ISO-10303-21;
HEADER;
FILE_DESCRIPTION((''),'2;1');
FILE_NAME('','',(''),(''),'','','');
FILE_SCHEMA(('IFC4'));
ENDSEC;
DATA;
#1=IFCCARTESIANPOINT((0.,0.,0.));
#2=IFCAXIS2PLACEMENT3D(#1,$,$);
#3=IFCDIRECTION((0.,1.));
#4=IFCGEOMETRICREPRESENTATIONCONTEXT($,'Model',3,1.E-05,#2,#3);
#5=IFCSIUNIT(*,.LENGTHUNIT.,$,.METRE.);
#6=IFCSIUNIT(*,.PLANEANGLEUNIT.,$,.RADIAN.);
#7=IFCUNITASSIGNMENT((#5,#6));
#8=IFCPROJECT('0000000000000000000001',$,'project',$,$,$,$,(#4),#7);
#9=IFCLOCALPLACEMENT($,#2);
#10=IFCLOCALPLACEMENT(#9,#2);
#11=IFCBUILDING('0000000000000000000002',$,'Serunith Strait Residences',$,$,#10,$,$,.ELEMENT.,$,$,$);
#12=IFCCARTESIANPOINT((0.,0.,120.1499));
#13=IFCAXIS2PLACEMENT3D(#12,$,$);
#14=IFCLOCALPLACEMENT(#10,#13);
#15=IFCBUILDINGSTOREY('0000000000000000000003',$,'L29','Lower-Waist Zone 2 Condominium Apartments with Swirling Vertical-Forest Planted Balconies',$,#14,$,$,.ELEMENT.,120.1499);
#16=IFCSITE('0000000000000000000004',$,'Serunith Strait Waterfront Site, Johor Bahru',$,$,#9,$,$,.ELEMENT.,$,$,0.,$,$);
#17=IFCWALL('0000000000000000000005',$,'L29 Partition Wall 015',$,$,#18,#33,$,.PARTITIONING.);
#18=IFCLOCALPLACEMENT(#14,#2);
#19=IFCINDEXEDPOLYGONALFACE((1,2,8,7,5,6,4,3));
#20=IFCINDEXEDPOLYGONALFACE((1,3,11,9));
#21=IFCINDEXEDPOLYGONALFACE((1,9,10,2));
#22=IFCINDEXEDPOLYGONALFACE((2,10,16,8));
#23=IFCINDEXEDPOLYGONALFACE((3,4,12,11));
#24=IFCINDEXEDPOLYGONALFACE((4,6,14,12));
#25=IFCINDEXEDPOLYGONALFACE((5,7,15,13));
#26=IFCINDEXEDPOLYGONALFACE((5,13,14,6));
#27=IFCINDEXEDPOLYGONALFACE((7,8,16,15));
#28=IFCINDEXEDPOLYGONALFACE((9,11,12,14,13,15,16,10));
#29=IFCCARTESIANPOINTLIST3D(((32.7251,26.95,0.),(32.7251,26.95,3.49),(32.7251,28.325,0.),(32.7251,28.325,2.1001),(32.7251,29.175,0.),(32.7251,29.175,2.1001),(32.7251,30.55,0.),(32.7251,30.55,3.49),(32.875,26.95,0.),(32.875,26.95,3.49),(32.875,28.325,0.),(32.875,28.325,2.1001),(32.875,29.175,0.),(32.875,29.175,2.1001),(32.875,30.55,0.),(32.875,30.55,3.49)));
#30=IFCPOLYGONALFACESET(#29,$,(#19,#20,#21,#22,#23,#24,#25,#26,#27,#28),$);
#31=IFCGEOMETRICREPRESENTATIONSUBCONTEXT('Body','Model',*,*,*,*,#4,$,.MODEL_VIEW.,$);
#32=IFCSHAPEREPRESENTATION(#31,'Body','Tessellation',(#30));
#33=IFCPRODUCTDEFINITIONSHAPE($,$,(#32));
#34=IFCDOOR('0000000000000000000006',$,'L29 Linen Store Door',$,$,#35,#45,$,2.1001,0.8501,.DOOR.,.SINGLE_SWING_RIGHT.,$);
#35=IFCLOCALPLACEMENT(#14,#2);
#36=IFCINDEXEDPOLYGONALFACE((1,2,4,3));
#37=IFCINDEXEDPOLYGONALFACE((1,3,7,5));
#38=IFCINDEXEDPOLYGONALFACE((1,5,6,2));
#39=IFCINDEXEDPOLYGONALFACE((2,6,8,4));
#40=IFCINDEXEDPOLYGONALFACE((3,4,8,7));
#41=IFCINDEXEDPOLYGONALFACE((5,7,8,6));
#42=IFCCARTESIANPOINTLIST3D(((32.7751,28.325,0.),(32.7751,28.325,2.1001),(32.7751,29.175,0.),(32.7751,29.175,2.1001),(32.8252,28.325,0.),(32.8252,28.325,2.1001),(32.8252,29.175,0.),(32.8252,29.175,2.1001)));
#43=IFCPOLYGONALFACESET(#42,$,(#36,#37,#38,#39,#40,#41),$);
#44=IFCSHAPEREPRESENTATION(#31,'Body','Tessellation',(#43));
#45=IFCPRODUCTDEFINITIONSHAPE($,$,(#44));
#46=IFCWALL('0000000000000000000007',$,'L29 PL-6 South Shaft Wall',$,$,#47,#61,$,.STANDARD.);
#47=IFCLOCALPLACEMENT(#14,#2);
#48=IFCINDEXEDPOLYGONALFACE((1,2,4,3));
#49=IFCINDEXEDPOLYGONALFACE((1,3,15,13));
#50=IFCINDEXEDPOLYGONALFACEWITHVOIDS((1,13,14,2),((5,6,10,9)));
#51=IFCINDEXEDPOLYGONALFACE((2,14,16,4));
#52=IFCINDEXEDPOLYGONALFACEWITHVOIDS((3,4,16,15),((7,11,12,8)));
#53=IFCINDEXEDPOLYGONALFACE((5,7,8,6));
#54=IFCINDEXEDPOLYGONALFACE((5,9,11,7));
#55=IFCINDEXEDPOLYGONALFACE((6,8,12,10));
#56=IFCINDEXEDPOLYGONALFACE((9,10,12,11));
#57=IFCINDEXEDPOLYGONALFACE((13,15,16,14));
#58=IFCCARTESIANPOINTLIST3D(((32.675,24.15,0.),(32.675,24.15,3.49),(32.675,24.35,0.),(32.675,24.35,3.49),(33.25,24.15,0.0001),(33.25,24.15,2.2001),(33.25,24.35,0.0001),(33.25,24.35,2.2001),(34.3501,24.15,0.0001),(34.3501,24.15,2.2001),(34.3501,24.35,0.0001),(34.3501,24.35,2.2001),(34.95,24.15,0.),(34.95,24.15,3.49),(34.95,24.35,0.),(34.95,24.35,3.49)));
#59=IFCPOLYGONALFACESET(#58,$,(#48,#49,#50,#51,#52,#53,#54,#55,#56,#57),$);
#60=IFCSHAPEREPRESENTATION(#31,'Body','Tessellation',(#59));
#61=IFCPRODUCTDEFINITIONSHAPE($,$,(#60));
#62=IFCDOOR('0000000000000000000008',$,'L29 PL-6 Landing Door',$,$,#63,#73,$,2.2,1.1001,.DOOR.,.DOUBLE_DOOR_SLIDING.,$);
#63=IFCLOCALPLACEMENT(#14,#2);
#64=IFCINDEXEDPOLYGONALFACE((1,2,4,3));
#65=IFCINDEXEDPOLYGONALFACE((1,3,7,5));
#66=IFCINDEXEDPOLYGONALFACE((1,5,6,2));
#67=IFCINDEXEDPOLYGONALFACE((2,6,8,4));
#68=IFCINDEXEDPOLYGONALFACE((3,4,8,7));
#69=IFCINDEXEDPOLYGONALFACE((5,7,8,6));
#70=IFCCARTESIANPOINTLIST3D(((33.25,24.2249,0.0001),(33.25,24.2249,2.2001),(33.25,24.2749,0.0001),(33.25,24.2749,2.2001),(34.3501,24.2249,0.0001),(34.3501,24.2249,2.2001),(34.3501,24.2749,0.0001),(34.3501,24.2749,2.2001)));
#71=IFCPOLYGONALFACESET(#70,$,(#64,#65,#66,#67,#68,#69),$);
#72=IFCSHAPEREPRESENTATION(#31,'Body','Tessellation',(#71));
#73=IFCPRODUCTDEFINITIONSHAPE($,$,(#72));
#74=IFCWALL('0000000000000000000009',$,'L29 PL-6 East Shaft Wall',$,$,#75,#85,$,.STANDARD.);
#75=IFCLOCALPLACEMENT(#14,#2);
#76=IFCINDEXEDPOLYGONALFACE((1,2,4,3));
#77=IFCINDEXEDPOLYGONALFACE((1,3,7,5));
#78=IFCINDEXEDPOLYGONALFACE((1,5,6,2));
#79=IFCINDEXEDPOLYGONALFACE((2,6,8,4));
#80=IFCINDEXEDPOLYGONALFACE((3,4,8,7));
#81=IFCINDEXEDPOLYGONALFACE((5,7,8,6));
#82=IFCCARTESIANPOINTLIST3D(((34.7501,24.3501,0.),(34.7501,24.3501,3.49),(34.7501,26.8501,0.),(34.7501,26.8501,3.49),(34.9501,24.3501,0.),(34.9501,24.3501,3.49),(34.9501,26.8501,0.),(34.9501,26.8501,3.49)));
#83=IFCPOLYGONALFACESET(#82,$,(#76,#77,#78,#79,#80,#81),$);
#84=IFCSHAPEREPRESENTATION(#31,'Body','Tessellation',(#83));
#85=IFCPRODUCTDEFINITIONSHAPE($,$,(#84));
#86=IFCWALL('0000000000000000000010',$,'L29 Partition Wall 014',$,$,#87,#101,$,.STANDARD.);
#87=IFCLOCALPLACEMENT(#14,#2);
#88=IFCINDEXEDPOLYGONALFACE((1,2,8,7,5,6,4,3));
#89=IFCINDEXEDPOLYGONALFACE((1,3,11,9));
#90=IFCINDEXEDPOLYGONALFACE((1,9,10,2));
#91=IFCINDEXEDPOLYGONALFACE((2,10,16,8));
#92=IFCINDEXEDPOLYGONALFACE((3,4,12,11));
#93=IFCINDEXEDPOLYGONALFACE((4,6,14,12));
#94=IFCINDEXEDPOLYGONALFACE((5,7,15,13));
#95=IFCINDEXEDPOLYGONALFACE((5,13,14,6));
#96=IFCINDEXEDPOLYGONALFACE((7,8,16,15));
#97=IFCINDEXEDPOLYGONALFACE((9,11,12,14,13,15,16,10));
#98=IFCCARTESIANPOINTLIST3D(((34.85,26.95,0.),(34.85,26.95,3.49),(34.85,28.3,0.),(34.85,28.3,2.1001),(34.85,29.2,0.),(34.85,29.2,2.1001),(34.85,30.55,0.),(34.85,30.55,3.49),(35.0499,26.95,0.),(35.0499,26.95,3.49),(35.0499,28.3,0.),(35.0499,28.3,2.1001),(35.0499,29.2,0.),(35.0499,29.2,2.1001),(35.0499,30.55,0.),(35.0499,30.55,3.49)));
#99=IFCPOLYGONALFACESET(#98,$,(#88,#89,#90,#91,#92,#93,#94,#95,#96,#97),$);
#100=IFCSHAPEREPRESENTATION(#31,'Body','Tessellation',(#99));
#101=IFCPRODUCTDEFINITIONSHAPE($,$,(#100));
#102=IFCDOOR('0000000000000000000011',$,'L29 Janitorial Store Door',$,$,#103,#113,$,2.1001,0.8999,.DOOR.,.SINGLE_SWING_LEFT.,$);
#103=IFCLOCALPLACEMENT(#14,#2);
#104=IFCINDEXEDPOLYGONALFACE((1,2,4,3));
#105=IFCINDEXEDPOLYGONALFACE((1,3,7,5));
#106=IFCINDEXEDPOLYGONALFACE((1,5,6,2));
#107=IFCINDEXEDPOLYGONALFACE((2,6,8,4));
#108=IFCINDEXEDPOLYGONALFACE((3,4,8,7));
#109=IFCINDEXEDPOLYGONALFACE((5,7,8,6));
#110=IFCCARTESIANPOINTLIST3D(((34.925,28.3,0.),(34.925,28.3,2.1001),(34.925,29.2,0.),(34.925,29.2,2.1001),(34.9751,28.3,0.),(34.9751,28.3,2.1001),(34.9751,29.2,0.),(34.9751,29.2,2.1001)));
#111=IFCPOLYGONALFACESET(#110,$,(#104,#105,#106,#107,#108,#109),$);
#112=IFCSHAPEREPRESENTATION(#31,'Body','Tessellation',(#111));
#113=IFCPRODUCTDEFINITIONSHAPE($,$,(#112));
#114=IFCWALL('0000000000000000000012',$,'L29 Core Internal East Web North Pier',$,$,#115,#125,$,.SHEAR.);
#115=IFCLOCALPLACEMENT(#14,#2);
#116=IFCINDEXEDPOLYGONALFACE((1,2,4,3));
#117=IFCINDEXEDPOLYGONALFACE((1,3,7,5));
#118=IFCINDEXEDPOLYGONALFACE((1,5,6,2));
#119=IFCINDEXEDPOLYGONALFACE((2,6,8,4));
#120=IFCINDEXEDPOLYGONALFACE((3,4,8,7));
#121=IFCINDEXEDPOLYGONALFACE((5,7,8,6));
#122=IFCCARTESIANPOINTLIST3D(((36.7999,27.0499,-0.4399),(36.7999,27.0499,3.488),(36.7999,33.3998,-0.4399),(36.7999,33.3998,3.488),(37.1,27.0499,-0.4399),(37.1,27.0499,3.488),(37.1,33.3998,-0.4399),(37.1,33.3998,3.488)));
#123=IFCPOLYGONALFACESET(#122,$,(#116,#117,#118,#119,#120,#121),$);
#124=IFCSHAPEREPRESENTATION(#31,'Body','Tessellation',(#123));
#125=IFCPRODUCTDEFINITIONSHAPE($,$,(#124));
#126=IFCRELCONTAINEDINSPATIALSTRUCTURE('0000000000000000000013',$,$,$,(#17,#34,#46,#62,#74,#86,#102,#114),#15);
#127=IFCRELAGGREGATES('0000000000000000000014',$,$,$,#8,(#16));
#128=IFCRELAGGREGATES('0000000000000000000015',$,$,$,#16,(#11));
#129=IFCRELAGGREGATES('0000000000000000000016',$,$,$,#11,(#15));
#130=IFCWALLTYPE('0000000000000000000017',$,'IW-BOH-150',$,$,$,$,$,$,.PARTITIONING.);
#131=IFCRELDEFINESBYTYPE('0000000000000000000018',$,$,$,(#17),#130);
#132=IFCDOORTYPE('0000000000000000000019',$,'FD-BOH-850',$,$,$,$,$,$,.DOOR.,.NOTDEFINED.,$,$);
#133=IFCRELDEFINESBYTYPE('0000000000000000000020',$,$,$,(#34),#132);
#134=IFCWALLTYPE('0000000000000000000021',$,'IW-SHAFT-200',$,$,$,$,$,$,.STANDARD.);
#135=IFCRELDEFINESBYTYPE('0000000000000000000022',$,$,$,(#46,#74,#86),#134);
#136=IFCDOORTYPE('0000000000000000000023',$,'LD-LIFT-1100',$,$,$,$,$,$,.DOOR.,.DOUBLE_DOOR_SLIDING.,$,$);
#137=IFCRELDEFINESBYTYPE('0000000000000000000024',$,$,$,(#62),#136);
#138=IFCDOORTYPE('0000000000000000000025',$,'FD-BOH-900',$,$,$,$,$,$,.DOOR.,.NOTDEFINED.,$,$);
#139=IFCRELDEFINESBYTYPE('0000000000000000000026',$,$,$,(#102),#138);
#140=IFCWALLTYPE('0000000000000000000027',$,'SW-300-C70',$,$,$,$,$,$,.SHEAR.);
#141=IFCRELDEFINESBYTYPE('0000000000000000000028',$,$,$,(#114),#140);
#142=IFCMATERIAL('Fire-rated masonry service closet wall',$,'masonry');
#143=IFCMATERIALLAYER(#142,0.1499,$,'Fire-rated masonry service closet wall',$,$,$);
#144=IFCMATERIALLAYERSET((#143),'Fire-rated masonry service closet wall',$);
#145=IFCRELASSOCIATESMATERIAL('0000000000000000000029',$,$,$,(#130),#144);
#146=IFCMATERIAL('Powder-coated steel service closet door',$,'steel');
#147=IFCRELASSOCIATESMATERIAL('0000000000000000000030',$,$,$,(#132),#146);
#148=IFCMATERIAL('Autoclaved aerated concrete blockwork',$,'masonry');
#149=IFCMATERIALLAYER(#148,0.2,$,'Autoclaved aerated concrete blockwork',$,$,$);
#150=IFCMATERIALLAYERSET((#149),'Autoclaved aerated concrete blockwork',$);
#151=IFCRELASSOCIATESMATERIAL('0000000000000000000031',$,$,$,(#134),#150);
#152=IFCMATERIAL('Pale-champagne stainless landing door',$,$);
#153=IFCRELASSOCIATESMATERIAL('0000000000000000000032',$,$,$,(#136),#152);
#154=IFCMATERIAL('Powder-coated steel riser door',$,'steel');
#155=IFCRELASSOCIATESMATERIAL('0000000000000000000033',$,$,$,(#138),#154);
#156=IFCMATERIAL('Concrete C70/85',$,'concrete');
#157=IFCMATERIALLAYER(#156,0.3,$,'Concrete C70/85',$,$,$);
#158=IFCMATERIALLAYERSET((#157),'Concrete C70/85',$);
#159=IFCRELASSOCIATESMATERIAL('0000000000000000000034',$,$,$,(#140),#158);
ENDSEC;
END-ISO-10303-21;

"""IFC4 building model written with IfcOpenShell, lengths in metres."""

from ifc_helpers import new_model, si_unit, direction, frame, frame_2d, origin, place, context, subcontext, project, spatial, rectangle, extrude, source, transform, mapped, material, layer, layer_set, type_object, element, fill, save


model = new_model("IFC4")

# Units and contexts
model_context = context("Model", 3, precision=1e-05, world=origin(), true_north=direction((0.0, 1.0)))
body_context = subcontext(model_context, "Body", "Model", "MODEL_VIEW")
ifc_project = project(units=[si_unit("LENGTHUNIT", "METRE"), si_unit("PLANEANGLEUNIT", "RADIAN")], contexts=[model_context])

# Site, building, storey
site_placement = place(None, origin())
site = spatial("IfcSite", under=ifc_project, at=site_placement, Name="Serunith Strait Waterfront Site, Johor Bahru", CompositionType="ELEMENT", RefElevation=0.0)
building_placement = place(site_placement, origin())
building = spatial("IfcBuilding", under=site, at=building_placement, Name="Serunith Strait Residences", CompositionType="ELEMENT")
storey_placement = place(building_placement, frame((0.0, 0.0, 120.1499)))
storey = spatial("IfcBuildingStorey", under=building, at=storey_placement, Name="L29", Description="Lower-Waist Zone 2 Condominium Apartments with Swirling Vertical-Forest Planted Balconies", CompositionType="ELEMENT", Elevation=120.1499)

# Walls, openings, doors
ifc_material_1 = material(Name="Fire-rated masonry service closet wall", Category="masonry")
ifc_layer_1 = layer(ifc_material_1, 0.1499, Name="Fire-rated masonry service closet wall")
ifc_layer_set_1 = layer_set([ifc_layer_1], Name="Fire-rated masonry service closet wall")
wall_type_1 = type_object("IfcWallType", Name="IW-BOH-150", PredefinedType="PARTITIONING", material=ifc_layer_set_1)
wall_1_placement = place(storey_placement, frame((32.8, 26.95, 0.0), z_axis=(0.0, 0.0, 1.0), x_axis=(0.0, 1.0, 0.0)))
wall_1 = element("IfcWall", 1, at=wall_1_placement, inside=storey, type_object=wall_type_1, Name="L29 Partition Wall 015", PredefinedType="PARTITIONING", context=body_context, shape_type="SweptSolid", body=[
    extrude(rectangle(XDim=3.6001, YDim=0.1499, at=frame_2d((1.8, 0.0))), origin(), (0.0, 0.0, 1.0), 3.49),
])
opening_1_placement = place(wall_1_placement, frame((1.375, 0.0, 0.0)))
opening_1 = element("IfcOpeningElement", 2, at=opening_1_placement, cuts=wall_1, PredefinedType="OPENING", context=body_context, shape_type="SweptSolid", body=[
    extrude(rectangle(XDim=0.8501, YDim=2.1001, at=frame_2d((0.425, 1.05))), frame((0.0, 0.085, 0.0), z_axis=(0.0, -1.0, 0.0), x_axis=(1.0, 0.0, 0.0)), (0.0, 0.0, 1.0), 0.1699),
])
ifc_material_2 = material(Name="Powder-coated steel service closet door", Category="steel")
door_type_1 = type_object("IfcDoorType", Name="FD-BOH-850", OperationType="NOTDEFINED", PredefinedType="DOOR", material=ifc_material_2)
shared_shape_1 = source(origin(), body_context, "Body", "SweptSolid", [
    extrude(rectangle(XDim=0.8501, YDim=2.1001, at=frame_2d((0.425, 1.05))), frame((0.0, 0.0249, 0.0), z_axis=(0.0, -1.0, 0.0), x_axis=(1.0, 0.0, 0.0)), (0.0, 0.0, 1.0), 0.05),
])
door_1_placement = place(opening_1_placement, origin())
door_1 = element("IfcDoor", 3, at=door_1_placement, inside=storey, type_object=door_type_1, Name="L29 Linen Store Door", OperationType="SINGLE_SWING_RIGHT", OverallHeight=2.1001, OverallWidth=0.8501, PredefinedType="DOOR", context=body_context, shape_type="MappedRepresentation", body=[
    mapped(shared_shape_1, transform((0.0, 0.0, 0.0), scale=1.0)),
])
fill(opening_1, door_1)
ifc_material_3 = material(Name="Autoclaved aerated concrete blockwork", Category="masonry")
ifc_layer_2 = layer(ifc_material_3, 0.2, Name="Autoclaved aerated concrete blockwork")
ifc_layer_set_2 = layer_set([ifc_layer_2], Name="Autoclaved aerated concrete blockwork")
wall_type_2 = type_object("IfcWallType", Name="IW-SHAFT-200", PredefinedType="STANDARD", material=ifc_layer_set_2)
wall_2_placement = place(storey_placement, frame((32.675, 24.25, 0.0), z_axis=(0.0, 0.0, 1.0), x_axis=(1.0, 0.0, 0.0)))
wall_2 = element("IfcWall", 4, at=wall_2_placement, inside=storey, type_object=wall_type_2, Name="L29 PL-6 South Shaft Wall", PredefinedType="STANDARD", context=body_context, shape_type="SweptSolid", body=[
    extrude(rectangle(XDim=2.2749, YDim=0.2, at=frame_2d((1.1375, 0.0))), origin(), (0.0, 0.0, 1.0), 3.49),
])
opening_2_placement = place(wall_2_placement, frame((0.575, 0.0, 0.0)))
opening_2 = element("IfcOpeningElement", 5, at=opening_2_placement, cuts=wall_2, PredefinedType="OPENING", context=body_context, shape_type="SweptSolid", body=[
    extrude(rectangle(XDim=1.1001, YDim=2.2, at=frame_2d((0.55, 1.1001))), frame((0.0, 0.1099, 0.0), z_axis=(0.0, -1.0, 0.0), x_axis=(1.0, 0.0, 0.0)), (0.0, 0.0, 1.0), 0.22),
])
ifc_material_4 = material(Name="Pale-champagne stainless landing door")
door_type_2 = type_object("IfcDoorType", Name="LD-LIFT-1100", OperationType="DOUBLE_DOOR_SLIDING", PredefinedType="DOOR", material=ifc_material_4)
shared_shape_2 = source(origin(), body_context, "Body", "SweptSolid", [
    extrude(rectangle(XDim=1.1001, YDim=2.2, at=frame_2d((0.55, 1.1001))), frame((0.0, 0.0249, 0.0), z_axis=(0.0, -1.0, 0.0), x_axis=(1.0, 0.0, 0.0)), (0.0, 0.0, 1.0), 0.05),
])
door_2_placement = place(opening_2_placement, origin())
door_2 = element("IfcDoor", 6, at=door_2_placement, inside=storey, type_object=door_type_2, Name="L29 PL-6 Landing Door", OperationType="DOUBLE_DOOR_SLIDING", OverallHeight=2.2, OverallWidth=1.1001, PredefinedType="DOOR", context=body_context, shape_type="MappedRepresentation", body=[
    mapped(shared_shape_2, transform((0.0, 0.0, 0.0), scale=1.0)),
])
fill(opening_2, door_2)

# Wall
wall_3_placement = place(storey_placement, frame((34.8501, 24.3501, 0.0), z_axis=(0.0, 0.0, 1.0), x_axis=(0.0, 1.0, 0.0)))
element("IfcWall", 7, at=wall_3_placement, inside=storey, type_object=wall_type_2, Name="L29 PL-6 East Shaft Wall", PredefinedType="STANDARD", context=body_context, shape_type="SweptSolid", body=[
    extrude(rectangle(XDim=2.5, YDim=0.2, at=frame_2d((1.25, 0.0))), origin(), (0.0, 0.0, 1.0), 3.49),
])

# Wall, opening, door
wall_4_placement = place(storey_placement, frame((34.95, 26.95, 0.0), z_axis=(0.0, 0.0, 1.0), x_axis=(0.0, 1.0, 0.0)))
wall_4 = element("IfcWall", 8, at=wall_4_placement, inside=storey, type_object=wall_type_2, Name="L29 Partition Wall 014", PredefinedType="STANDARD", context=body_context, shape_type="SweptSolid", body=[
    extrude(rectangle(XDim=3.6001, YDim=0.2, at=frame_2d((1.8, 0.0))), origin(), (0.0, 0.0, 1.0), 3.49),
])
opening_3_placement = place(wall_4_placement, frame((1.3501, 0.0, 0.0)))
opening_3 = element("IfcOpeningElement", 9, at=opening_3_placement, cuts=wall_4, PredefinedType="OPENING", context=body_context, shape_type="SweptSolid", body=[
    extrude(rectangle(XDim=0.8999, YDim=2.1001, at=frame_2d((0.45, 1.05))), frame((0.0, 0.1099, 0.0), z_axis=(0.0, -1.0, 0.0), x_axis=(1.0, 0.0, 0.0)), (0.0, 0.0, 1.0), 0.22),
])
ifc_material_5 = material(Name="Powder-coated steel riser door", Category="steel")
door_type_3 = type_object("IfcDoorType", Name="FD-BOH-900", OperationType="NOTDEFINED", PredefinedType="DOOR", material=ifc_material_5)
shared_shape_3 = source(origin(), body_context, "Body", "SweptSolid", [
    extrude(rectangle(XDim=0.8999, YDim=2.1001, at=frame_2d((0.45, 1.05))), frame((0.0, 0.0249, 0.0), z_axis=(0.0, -1.0, 0.0), x_axis=(1.0, 0.0, 0.0)), (0.0, 0.0, 1.0), 0.05),
])
door_3_placement = place(opening_3_placement, origin())
door_3 = element("IfcDoor", 10, at=door_3_placement, inside=storey, type_object=door_type_3, Name="L29 Janitorial Store Door", OperationType="SINGLE_SWING_LEFT", OverallHeight=2.1001, OverallWidth=0.8999, PredefinedType="DOOR", context=body_context, shape_type="MappedRepresentation", body=[
    mapped(shared_shape_3, transform((0.0, 0.0, 0.0), scale=1.0)),
])
fill(opening_3, door_3)

# Wall
ifc_material_6 = material(Name="Concrete C70/85", Category="concrete")
ifc_layer_3 = layer(ifc_material_6, 0.3, Name="Concrete C70/85")
ifc_layer_set_3 = layer_set([ifc_layer_3], Name="Concrete C70/85")
wall_type_3 = type_object("IfcWallType", Name="SW-300-C70", PredefinedType="SHEAR", material=ifc_layer_set_3)
wall_5_placement = place(storey_placement, frame((36.95, 27.05, -0.4399), z_axis=(0.0, 0.0, 1.0), x_axis=(0.0, 1.0, 0.0)))
element("IfcWall", 11, at=wall_5_placement, inside=storey, type_object=wall_type_3, Name="L29 Core Internal East Web North Pier", PredefinedType="SHEAR", context=body_context, shape_type="SweptSolid", body=[
    extrude(rectangle(XDim=6.3499, YDim=0.3, at=frame_2d((3.1748, 0.0))), origin(), (0.0, 0.0, 1.0), 3.928),
])

save(model, "model.ifc")
